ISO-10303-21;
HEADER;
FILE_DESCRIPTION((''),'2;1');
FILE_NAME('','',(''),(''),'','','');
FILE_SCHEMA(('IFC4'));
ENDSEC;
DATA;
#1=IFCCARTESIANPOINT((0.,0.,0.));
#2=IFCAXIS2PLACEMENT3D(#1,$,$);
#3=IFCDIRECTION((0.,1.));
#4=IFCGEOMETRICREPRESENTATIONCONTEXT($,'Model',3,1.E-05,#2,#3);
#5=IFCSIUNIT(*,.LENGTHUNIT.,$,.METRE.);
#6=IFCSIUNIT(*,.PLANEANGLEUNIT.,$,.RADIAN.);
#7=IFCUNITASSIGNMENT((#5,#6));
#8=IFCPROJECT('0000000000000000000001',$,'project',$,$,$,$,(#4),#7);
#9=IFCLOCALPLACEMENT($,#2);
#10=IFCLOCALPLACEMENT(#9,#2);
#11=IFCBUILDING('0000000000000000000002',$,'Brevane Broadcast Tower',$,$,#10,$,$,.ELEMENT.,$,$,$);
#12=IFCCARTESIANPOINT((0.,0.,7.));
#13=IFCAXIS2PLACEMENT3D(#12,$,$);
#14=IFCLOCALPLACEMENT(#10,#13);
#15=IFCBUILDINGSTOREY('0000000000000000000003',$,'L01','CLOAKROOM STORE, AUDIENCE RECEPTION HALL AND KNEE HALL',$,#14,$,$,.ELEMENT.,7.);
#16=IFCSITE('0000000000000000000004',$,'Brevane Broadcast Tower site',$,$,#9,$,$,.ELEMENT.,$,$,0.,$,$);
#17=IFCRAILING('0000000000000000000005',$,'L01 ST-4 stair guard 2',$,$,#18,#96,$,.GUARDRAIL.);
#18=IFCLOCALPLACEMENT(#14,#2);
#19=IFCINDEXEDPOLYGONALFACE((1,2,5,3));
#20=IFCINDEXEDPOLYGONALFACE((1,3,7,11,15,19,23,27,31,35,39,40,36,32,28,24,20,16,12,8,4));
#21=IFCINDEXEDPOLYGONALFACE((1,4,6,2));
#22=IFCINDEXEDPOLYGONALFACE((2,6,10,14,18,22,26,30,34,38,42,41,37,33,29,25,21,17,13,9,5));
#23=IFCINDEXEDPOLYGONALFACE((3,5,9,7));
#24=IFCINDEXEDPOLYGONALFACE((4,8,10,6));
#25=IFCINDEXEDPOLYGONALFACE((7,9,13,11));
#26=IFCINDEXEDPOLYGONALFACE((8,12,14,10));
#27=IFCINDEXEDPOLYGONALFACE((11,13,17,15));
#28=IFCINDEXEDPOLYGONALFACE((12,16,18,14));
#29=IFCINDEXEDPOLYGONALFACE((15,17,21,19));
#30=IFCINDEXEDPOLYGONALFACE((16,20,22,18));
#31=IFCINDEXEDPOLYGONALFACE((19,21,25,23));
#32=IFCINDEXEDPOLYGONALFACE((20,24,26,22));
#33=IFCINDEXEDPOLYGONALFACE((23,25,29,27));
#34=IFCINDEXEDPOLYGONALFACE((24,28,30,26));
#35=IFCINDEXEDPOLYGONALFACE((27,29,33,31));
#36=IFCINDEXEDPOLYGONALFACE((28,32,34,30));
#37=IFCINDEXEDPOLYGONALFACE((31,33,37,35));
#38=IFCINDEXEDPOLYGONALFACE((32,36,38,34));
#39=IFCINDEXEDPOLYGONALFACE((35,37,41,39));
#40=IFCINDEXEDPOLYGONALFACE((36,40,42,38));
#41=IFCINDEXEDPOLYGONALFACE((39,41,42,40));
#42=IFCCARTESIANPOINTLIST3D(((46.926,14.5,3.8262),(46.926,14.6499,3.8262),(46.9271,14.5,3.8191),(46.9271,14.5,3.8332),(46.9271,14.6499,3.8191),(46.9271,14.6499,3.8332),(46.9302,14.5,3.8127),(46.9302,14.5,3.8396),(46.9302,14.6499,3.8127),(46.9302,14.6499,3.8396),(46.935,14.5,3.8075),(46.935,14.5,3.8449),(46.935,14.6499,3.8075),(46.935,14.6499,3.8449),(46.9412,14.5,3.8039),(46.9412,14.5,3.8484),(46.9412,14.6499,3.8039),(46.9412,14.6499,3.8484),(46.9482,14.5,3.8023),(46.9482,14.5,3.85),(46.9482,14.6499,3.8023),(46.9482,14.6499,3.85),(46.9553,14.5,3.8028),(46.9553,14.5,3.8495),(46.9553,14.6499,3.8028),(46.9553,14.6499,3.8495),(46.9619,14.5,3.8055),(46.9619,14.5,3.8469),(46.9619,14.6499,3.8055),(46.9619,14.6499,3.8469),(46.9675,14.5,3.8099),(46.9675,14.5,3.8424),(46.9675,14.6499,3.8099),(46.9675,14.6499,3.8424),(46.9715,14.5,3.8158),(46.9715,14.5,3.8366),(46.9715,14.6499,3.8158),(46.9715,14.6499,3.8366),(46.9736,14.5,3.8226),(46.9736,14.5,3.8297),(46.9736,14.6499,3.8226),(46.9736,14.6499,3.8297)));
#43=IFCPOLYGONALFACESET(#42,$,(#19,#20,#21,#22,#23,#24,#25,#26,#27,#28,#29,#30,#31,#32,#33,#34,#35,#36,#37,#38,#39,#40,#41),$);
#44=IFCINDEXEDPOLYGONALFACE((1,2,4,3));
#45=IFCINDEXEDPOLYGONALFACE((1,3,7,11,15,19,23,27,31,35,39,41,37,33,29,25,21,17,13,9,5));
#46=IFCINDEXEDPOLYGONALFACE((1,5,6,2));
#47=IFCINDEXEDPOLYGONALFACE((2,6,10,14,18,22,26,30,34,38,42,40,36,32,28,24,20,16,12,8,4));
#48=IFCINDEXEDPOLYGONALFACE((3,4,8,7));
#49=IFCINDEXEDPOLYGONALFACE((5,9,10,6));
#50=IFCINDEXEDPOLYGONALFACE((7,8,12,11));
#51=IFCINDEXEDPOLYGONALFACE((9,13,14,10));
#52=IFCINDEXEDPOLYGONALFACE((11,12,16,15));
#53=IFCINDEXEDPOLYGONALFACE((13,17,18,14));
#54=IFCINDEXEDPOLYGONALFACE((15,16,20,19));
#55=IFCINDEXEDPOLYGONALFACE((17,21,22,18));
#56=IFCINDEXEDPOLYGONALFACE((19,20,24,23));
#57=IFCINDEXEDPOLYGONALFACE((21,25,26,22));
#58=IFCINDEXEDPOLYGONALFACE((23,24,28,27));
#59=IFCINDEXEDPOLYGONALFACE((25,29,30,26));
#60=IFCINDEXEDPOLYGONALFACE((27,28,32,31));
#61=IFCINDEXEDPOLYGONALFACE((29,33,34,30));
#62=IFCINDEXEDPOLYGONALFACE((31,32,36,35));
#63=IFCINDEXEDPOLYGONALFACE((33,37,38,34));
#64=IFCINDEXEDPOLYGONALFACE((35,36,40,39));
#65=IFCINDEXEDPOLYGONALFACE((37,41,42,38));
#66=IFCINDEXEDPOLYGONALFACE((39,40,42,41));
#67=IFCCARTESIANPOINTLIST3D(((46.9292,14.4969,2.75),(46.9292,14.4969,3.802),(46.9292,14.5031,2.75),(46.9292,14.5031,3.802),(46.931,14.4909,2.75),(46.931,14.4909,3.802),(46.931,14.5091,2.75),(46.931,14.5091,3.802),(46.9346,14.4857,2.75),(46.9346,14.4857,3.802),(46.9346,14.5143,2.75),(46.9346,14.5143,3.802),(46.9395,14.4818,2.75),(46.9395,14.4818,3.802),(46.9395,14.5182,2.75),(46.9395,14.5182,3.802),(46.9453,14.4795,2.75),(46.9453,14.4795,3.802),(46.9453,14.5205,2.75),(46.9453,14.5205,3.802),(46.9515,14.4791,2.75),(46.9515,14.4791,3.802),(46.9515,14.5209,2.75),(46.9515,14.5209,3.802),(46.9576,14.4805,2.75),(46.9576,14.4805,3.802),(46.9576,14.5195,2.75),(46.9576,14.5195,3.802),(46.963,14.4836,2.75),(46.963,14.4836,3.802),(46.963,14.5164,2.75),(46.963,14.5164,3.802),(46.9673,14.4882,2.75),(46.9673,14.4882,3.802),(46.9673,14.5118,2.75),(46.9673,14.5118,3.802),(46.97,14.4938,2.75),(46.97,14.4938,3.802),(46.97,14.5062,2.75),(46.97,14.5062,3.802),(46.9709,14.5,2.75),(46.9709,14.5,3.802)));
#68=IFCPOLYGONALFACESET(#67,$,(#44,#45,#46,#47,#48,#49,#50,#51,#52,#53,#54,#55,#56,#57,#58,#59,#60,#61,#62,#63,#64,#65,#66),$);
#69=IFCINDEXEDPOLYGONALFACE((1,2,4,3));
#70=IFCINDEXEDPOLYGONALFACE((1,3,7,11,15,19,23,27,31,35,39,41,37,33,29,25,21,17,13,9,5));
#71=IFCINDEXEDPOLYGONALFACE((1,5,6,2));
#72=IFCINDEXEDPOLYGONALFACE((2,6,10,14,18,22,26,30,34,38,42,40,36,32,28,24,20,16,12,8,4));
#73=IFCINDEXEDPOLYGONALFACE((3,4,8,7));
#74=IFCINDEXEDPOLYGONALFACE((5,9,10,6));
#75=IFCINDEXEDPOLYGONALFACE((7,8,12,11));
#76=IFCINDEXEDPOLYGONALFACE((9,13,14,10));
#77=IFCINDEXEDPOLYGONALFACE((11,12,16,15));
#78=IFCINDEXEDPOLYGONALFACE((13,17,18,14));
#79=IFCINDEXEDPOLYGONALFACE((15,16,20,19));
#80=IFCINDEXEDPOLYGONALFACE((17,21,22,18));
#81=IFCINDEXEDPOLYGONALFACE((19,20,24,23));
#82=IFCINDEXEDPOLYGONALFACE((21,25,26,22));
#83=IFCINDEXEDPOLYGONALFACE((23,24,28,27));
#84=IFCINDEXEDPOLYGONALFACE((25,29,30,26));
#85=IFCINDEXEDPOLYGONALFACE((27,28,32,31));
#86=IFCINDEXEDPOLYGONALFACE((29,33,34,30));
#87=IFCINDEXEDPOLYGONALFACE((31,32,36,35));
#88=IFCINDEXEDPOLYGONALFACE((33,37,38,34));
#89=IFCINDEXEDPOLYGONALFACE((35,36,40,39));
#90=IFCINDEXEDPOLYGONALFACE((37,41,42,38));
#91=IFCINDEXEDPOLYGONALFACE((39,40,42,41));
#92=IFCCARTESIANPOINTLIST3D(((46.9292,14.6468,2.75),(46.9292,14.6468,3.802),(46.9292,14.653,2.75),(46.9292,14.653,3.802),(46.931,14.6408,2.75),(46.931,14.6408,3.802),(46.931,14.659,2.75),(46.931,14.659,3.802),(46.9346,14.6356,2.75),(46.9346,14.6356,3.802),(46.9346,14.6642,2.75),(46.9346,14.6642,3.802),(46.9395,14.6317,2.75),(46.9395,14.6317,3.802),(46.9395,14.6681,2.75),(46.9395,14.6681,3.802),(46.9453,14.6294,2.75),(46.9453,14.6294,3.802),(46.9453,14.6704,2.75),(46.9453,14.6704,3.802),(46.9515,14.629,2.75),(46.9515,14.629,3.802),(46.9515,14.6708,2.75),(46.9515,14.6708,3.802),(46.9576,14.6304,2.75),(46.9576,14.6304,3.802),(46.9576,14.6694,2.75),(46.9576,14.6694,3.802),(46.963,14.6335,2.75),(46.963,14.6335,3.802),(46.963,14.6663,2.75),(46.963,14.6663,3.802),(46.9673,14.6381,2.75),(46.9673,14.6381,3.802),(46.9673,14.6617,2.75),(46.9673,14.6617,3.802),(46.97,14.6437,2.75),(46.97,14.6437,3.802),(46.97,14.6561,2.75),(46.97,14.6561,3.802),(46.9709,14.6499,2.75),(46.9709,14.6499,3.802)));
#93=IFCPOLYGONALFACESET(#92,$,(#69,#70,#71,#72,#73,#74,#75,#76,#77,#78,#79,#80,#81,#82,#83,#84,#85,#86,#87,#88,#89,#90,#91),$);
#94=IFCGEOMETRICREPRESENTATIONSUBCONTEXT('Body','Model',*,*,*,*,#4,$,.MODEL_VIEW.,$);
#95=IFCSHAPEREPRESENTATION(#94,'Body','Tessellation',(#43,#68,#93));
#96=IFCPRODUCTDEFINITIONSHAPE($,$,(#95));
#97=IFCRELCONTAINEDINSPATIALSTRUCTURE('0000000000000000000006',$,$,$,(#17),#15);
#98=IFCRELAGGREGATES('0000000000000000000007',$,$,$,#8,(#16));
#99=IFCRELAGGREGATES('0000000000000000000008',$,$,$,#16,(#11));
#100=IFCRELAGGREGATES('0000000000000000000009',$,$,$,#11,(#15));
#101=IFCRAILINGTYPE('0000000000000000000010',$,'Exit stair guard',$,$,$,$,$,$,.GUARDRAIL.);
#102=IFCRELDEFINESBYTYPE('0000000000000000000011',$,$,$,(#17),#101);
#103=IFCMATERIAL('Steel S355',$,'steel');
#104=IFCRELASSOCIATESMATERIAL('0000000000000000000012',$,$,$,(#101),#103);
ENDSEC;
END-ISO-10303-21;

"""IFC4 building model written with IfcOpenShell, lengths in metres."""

from ifc_helpers import new_model, si_unit, direction, frame, origin, origin_2d, place, context, subcontext, project, spatial, circle, extrude, material, type_object, element, save


model = new_model("IFC4")

# Units and contexts
model_context = context("Model", 3, precision=1e-05, world=origin(), true_north=direction((0.0, 1.0)))
body_context = subcontext(model_context, "Body", "Model", "MODEL_VIEW")
ifc_project = project(units=[si_unit("LENGTHUNIT", "METRE"), si_unit("PLANEANGLEUNIT", "RADIAN")], contexts=[model_context])

# Site, building, storey
site_placement = place(None, origin())
site = spatial("IfcSite", under=ifc_project, at=site_placement, Name="Brevane Broadcast Tower site", CompositionType="ELEMENT", RefElevation=0.0)
building_placement = place(site_placement, origin())
building = spatial("IfcBuilding", under=site, at=building_placement, Name="Brevane Broadcast Tower", CompositionType="ELEMENT")
storey_placement = place(building_placement, frame((0.0, 0.0, 7.0)))
storey = spatial("IfcBuildingStorey", under=building, at=storey_placement, Name="L01", Description="CLOAKROOM STORE, AUDIENCE RECEPTION HALL AND KNEE HALL", CompositionType="ELEMENT", Elevation=7.0)

# Railing
ifc_material_1 = material(Name="Steel S355", Category="steel")
railing_type_1 = type_object("IfcRailingType", Name="Exit stair guard", PredefinedType="GUARDRAIL", material=ifc_material_1)
railing_1_placement = place(storey_placement, frame((46.95, 14.5, 2.75)))
element("IfcRailing", 1, at=railing_1_placement, inside=storey, type_object=railing_type_1, Name="L01 ST-4 stair guard 2", PredefinedType="GUARDRAIL", context=body_context, shape_type="SweptSolid", body=[
    extrude(circle(Radius=0.0239, at=origin_2d()), frame((0.0, 0.0, 1.0762), z_axis=(0.0, 1.0, 0.0), x_axis=(-1.0, 0.0, 0.0)), (0.0, 0.0, 1.0), 0.1499),
    extrude(circle(Radius=0.021, at=origin_2d()), origin(), (0.0, 0.0, 1.0), 1.052),
    extrude(circle(Radius=0.021, at=origin_2d()), frame((0.0, 0.1499, 0.0)), (0.0, 0.0, 1.0), 1.052),
])

save(model, "model.ifc")
